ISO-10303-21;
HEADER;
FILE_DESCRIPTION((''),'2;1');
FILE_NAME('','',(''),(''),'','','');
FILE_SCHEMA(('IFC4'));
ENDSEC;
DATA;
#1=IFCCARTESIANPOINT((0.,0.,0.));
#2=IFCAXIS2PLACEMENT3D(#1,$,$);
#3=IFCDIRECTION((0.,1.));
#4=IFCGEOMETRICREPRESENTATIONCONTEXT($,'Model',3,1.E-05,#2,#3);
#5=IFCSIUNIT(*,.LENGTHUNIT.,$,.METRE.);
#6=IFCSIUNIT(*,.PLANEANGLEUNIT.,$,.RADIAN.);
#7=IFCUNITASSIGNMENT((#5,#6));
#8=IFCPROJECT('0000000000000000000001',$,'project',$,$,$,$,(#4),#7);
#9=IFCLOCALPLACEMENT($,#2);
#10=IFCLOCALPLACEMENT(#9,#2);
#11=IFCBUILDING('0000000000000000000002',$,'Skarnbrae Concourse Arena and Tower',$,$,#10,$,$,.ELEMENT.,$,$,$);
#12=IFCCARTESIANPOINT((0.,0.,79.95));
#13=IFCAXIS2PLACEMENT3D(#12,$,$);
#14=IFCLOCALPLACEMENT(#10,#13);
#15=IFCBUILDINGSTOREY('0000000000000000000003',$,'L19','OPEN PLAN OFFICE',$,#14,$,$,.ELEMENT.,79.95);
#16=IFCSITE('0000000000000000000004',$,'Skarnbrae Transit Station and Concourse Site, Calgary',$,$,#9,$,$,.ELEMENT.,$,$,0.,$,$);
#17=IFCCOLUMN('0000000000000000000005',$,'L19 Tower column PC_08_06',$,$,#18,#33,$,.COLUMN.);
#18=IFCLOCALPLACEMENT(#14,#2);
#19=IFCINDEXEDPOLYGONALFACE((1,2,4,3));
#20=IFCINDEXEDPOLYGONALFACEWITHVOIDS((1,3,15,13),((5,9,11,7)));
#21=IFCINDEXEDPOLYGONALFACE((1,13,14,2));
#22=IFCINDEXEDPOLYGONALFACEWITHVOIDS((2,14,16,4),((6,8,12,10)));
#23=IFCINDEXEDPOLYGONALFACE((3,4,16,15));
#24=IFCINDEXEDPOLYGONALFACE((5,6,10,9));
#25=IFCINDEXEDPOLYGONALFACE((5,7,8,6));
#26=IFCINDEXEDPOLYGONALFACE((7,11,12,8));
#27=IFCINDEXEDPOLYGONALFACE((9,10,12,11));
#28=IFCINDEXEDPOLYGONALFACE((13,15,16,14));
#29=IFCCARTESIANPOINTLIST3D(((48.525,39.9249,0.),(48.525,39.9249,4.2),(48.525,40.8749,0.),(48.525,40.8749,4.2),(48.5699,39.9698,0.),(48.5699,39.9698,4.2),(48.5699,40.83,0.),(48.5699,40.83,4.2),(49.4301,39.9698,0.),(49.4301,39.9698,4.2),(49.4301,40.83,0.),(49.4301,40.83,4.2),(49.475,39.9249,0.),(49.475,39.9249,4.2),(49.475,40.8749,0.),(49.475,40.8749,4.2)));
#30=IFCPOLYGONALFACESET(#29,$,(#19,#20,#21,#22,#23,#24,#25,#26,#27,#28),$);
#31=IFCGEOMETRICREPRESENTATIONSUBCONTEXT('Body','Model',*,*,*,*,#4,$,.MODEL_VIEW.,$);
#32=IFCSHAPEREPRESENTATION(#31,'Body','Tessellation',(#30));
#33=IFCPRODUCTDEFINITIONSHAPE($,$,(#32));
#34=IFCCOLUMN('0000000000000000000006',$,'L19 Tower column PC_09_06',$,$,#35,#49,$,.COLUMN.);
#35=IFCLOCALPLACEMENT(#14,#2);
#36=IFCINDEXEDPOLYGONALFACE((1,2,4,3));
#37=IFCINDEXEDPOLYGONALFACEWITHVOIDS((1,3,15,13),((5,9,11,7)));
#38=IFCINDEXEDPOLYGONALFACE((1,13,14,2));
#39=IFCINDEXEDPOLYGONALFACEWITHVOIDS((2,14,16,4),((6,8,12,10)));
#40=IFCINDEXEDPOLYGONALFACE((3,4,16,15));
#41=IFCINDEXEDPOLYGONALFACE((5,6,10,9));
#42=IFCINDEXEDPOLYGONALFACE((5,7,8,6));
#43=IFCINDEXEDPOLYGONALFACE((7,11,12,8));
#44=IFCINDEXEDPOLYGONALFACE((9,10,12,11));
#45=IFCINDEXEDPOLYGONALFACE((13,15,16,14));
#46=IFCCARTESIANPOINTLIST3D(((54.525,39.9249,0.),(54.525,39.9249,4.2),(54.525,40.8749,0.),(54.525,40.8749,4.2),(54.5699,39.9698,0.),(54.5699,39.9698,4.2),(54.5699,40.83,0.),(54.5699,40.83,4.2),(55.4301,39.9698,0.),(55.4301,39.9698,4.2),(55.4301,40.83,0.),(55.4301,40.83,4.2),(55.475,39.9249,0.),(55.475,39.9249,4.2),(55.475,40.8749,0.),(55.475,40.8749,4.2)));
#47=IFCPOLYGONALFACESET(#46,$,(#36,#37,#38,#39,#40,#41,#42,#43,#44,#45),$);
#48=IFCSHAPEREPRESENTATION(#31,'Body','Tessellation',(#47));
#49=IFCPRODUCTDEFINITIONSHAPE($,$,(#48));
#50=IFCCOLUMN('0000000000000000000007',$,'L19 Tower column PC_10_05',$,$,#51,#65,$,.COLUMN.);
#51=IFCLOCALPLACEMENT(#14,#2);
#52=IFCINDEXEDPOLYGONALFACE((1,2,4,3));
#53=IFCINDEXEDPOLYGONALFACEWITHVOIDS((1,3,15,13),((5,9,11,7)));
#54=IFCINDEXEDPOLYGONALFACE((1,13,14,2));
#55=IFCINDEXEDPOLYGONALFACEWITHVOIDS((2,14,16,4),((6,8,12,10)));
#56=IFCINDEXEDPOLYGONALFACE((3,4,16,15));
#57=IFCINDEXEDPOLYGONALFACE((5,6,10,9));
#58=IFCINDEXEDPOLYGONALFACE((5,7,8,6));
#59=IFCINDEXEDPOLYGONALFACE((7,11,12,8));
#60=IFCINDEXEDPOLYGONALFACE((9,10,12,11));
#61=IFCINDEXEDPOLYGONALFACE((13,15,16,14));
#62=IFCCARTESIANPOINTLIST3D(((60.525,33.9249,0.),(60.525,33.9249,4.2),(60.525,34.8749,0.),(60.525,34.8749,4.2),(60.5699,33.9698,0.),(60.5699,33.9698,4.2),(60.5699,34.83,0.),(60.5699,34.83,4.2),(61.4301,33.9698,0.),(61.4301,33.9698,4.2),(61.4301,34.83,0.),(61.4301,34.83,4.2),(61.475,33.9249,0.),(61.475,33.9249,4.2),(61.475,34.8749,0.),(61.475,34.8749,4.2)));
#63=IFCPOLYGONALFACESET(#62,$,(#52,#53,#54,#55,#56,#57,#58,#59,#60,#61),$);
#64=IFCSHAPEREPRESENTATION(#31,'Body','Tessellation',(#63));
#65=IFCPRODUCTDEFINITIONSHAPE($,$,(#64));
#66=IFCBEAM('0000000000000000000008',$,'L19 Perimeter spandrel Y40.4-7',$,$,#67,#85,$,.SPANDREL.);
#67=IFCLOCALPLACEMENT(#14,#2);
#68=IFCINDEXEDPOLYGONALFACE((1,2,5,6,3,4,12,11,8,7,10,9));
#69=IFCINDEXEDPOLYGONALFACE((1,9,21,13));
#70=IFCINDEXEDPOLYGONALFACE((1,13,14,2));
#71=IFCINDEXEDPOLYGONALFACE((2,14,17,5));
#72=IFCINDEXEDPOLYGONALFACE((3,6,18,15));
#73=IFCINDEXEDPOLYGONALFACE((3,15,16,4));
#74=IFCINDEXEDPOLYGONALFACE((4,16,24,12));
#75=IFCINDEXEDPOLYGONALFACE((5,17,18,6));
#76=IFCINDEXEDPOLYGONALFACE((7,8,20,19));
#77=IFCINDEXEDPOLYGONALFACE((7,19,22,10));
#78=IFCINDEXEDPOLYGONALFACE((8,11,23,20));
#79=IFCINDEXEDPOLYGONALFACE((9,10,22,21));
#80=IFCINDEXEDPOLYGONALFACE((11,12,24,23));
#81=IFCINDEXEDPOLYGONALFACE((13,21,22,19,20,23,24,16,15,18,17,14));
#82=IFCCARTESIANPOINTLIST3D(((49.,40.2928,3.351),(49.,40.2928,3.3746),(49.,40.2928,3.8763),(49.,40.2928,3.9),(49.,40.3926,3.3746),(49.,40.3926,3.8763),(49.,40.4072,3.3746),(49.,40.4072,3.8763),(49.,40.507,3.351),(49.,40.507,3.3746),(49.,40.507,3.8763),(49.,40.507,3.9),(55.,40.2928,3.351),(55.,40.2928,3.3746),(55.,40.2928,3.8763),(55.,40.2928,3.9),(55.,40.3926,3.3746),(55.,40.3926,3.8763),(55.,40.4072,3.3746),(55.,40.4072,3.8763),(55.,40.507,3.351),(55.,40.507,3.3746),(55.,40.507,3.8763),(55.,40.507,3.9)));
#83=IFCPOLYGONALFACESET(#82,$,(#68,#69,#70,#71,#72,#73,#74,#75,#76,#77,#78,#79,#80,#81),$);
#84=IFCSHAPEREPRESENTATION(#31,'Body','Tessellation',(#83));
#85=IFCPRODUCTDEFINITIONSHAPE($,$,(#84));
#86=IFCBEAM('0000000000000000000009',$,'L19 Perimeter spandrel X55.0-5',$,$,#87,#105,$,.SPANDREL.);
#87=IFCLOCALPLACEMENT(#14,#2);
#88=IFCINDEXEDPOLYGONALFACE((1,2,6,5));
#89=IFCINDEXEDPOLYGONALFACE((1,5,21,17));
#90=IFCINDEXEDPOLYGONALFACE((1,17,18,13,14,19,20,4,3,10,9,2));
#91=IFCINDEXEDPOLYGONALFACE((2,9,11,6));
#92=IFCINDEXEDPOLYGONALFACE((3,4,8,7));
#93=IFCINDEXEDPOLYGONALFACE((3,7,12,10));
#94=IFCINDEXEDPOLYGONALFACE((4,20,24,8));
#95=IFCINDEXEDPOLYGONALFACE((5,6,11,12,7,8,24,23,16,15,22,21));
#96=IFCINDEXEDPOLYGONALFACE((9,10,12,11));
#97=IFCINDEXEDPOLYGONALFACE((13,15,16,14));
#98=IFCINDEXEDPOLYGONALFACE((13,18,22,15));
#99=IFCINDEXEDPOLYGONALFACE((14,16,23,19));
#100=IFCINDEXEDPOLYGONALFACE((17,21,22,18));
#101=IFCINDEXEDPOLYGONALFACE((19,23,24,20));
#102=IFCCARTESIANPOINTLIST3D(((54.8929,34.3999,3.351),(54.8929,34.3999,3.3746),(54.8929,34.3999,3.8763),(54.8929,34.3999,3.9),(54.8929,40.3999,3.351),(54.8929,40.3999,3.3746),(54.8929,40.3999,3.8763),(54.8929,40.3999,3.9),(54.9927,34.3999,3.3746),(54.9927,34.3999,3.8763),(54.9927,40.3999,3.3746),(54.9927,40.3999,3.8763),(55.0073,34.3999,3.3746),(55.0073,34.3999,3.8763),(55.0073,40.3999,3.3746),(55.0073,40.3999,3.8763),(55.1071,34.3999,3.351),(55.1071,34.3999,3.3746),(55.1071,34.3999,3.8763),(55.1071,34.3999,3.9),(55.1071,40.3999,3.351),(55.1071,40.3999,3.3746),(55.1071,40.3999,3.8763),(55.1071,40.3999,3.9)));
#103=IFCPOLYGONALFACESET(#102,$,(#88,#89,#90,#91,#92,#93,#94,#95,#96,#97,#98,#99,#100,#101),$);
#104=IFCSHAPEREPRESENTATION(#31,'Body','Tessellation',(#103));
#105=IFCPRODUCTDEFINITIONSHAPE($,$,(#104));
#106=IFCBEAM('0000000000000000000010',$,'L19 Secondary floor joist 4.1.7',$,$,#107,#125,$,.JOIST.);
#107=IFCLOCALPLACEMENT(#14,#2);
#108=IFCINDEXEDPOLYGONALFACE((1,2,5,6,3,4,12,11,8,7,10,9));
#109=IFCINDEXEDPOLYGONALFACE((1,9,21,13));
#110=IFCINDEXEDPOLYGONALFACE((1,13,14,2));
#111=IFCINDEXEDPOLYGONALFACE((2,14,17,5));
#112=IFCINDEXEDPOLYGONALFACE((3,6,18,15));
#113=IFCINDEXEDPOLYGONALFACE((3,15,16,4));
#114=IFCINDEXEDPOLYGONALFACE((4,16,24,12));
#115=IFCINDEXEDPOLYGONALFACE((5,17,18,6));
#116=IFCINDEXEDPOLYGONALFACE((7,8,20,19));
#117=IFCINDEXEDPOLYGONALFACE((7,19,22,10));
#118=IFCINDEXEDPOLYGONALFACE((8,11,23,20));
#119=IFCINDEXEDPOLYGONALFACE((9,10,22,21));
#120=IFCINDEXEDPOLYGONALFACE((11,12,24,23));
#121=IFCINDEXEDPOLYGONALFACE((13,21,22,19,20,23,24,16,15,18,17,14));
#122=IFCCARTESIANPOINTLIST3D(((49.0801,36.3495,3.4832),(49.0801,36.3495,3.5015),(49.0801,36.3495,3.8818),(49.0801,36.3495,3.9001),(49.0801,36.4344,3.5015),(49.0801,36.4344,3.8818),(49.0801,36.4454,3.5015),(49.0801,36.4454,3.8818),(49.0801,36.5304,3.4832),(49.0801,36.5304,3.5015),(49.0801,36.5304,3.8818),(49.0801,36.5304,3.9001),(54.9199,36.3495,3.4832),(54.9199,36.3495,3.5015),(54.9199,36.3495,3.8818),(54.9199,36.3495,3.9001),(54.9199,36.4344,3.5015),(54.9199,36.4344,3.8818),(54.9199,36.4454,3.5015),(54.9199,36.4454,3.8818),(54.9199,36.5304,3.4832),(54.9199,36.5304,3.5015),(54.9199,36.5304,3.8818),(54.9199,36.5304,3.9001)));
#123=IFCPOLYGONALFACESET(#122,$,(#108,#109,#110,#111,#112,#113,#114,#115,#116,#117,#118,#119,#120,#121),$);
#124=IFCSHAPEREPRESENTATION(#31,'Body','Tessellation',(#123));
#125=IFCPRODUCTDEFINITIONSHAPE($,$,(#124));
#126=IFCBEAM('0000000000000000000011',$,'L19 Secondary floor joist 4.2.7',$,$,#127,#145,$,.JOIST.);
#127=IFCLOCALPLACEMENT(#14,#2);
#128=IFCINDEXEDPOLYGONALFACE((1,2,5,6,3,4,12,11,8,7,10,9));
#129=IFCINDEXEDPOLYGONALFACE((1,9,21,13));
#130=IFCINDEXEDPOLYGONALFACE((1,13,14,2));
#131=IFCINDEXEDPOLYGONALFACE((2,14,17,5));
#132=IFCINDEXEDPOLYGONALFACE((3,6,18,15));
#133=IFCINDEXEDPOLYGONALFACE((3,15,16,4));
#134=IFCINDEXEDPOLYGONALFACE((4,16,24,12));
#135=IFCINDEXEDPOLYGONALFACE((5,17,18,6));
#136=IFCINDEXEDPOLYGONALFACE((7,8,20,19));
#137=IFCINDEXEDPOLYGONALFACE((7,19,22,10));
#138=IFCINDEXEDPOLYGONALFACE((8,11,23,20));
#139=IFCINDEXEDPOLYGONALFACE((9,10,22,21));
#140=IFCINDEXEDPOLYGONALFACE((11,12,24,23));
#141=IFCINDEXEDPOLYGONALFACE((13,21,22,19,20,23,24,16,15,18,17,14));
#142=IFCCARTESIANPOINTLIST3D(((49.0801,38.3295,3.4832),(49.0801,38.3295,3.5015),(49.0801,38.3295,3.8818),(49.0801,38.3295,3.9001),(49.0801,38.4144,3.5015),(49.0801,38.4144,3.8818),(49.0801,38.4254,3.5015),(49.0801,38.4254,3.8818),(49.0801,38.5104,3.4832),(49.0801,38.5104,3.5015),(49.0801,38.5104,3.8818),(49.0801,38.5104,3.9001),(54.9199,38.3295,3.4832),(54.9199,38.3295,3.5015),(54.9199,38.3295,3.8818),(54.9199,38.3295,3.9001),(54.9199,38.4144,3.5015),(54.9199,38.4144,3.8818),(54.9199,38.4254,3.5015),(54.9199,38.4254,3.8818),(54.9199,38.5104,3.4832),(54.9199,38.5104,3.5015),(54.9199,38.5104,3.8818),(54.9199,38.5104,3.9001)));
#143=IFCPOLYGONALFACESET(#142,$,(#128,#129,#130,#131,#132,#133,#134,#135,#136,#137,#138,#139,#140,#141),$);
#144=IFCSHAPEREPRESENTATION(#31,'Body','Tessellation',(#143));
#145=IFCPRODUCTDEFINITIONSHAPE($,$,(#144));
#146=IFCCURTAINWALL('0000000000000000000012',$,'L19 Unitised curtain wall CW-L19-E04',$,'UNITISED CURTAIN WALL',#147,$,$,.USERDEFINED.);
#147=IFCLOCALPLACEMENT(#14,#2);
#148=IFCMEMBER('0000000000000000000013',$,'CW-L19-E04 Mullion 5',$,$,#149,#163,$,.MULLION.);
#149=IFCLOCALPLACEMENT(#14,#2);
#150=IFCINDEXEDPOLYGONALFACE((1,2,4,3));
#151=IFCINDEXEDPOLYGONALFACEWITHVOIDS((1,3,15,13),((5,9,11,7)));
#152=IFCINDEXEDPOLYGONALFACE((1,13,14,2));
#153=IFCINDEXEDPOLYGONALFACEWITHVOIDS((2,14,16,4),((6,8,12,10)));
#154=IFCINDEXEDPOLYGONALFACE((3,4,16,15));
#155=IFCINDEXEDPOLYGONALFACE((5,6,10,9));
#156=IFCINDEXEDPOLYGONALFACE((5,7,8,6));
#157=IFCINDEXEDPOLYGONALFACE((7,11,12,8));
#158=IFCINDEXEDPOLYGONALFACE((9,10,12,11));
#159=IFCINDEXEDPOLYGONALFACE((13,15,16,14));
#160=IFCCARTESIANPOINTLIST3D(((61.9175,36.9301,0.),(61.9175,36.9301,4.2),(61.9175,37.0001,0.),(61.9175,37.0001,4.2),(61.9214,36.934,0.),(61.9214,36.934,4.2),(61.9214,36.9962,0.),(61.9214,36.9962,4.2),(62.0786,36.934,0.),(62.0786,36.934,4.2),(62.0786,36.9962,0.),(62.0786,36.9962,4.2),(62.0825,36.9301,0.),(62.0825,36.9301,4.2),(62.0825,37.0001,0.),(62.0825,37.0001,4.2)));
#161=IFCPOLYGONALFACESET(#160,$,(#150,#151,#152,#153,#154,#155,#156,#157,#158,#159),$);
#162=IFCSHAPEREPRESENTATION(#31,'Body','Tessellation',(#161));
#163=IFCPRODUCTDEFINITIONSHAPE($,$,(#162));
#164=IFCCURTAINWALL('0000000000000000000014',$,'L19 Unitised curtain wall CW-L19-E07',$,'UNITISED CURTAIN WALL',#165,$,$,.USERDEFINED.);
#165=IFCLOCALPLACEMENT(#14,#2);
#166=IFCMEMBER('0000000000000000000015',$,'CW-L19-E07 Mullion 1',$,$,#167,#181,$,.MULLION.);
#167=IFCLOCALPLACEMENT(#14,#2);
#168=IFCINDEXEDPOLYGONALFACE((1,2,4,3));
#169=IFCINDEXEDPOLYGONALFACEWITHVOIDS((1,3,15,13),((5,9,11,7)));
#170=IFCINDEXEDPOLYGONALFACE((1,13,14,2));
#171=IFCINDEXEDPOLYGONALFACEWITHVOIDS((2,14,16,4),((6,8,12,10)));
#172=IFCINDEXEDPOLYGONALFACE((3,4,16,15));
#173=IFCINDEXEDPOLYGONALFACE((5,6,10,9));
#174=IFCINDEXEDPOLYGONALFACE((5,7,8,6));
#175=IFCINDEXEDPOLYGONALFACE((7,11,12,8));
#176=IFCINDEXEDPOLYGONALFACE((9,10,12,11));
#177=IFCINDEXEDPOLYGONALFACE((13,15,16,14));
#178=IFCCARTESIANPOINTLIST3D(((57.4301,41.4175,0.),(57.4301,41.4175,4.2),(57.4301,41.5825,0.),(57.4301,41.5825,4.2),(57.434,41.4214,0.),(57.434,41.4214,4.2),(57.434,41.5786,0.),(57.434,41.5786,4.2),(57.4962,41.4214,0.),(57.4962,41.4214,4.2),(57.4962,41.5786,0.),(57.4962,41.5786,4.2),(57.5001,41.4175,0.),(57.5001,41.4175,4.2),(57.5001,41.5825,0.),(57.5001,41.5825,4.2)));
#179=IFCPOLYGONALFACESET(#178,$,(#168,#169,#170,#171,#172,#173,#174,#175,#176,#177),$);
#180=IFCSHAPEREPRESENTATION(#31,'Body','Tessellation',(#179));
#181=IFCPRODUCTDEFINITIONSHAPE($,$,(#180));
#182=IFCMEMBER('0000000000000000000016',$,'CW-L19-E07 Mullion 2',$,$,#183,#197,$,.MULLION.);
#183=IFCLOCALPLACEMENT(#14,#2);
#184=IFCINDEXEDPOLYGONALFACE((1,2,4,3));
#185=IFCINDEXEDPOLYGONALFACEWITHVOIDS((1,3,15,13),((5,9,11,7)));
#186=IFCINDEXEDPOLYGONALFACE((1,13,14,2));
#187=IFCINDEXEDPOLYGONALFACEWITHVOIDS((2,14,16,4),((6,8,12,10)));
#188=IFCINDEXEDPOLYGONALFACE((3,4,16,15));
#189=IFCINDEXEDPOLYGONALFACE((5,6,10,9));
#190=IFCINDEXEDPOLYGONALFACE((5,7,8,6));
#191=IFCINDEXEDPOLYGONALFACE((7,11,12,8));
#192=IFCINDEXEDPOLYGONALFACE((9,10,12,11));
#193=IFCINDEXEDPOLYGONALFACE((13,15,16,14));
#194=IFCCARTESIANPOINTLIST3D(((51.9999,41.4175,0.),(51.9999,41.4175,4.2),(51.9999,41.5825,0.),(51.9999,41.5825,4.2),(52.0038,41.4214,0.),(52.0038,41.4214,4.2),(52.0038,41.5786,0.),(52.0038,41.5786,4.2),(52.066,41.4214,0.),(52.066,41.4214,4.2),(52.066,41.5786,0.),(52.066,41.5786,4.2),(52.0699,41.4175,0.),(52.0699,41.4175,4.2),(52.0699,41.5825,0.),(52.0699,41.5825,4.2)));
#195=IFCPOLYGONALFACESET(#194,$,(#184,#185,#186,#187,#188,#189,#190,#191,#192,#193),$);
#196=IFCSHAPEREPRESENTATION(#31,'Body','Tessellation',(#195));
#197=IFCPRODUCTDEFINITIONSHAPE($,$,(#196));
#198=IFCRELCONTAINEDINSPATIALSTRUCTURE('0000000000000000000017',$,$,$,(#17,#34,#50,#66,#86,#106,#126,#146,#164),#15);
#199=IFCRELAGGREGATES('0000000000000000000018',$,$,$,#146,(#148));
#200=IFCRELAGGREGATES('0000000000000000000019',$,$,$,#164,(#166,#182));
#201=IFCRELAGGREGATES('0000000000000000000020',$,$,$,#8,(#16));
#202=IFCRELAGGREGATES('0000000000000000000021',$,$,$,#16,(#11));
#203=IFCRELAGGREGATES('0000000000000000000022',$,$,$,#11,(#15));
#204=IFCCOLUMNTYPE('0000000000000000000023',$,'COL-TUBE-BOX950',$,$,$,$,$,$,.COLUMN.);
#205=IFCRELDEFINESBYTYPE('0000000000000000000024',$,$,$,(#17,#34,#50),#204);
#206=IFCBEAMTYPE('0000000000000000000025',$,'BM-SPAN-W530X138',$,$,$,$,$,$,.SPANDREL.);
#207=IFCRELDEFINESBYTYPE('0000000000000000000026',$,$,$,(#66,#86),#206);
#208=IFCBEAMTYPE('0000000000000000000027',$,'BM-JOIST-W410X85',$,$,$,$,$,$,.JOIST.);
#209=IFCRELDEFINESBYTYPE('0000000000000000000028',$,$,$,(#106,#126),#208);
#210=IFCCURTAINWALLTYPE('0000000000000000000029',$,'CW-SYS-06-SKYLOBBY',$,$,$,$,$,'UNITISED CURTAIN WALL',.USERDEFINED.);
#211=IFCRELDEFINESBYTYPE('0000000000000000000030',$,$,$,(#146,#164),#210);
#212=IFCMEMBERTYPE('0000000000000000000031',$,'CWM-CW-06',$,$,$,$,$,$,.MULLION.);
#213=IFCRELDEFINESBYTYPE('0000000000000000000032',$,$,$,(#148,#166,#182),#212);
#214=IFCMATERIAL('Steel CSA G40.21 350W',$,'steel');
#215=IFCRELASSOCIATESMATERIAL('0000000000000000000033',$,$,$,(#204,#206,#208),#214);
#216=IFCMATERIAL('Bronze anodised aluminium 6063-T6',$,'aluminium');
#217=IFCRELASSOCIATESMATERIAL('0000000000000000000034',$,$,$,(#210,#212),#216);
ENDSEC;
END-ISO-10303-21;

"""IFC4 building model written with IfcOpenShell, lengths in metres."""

from ifc_helpers import new_model, si_unit, direction, frame, origin, origin_2d, place, context, subcontext, project, spatial, hollow_rectangle, i_section, extrude, source, transform, mapped, material, material_profile, profile_set, type_object, element, aggregate, save


model = new_model("IFC4")

# Units and contexts
model_context = context("Model", 3, precision=1e-05, world=origin(), true_north=direction((0.0, 1.0)))
body_context = subcontext(model_context, "Body", "Model", "MODEL_VIEW")
ifc_project = project(units=[si_unit("LENGTHUNIT", "METRE"), si_unit("PLANEANGLEUNIT", "RADIAN")], contexts=[model_context])

# Site, building, storey
site_placement = place(None, origin())
site = spatial("IfcSite", under=ifc_project, at=site_placement, Name="Skarnbrae Transit Station and Concourse Site, Calgary", CompositionType="ELEMENT", RefElevation=0.0)
building_placement = place(site_placement, origin())
building = spatial("IfcBuilding", under=site, at=building_placement, Name="Skarnbrae Concourse Arena and Tower", CompositionType="ELEMENT")
storey_placement = place(building_placement, frame((0.0, 0.0, 79.95)))
storey = spatial("IfcBuildingStorey", under=building, at=storey_placement, Name="L19", Description="OPEN PLAN OFFICE", CompositionType="ELEMENT", Elevation=79.95)

# Columns
ifc_material_1 = material(Name="Steel CSA G40.21 350W", Category="steel")
ifc_material_profile_1 = material_profile(ifc_material_1, hollow_rectangle(XDim=0.95, YDim=0.95, WallThickness=0.0449, at=origin_2d()), Name="BOX950X950X45")
ifc_profile_set_1 = profile_set([ifc_material_profile_1], Name="Steel CSA G40.21 350W")
column_type = type_object("IfcColumnType", Name="COL-TUBE-BOX950", PredefinedType="COLUMN", material=ifc_profile_set_1)
shared_shape_1 = source(origin(), body_context, "Body", "SweptSolid", [
    extrude(hollow_rectangle(XDim=0.95, YDim=0.95, WallThickness=0.0449, at=origin_2d()), origin(), (0.0, 0.0, 1.0), 4.2),
])
for number, where, z_axis, x_axis, name in (
    (1, (49.0, 40.3999, 0.0), (0.0, 0.0, 1.0), (1.0, 0.0, 0.0), "L19 Tower column PC_08_06"),
    (2, (55.0, 40.3999, 0.0), (0.0, 0.0, 1.0), (1.0, 0.0, 0.0), "L19 Tower column PC_09_06"),
    (3, (61.0, 34.3999, 0.0), (0.0, 0.0, 1.0), (1.0, 0.0, 0.0), "L19 Tower column PC_10_05"),
):
    element("IfcColumn", number, at=place(storey_placement, frame(where, z_axis=z_axis, x_axis=x_axis)), inside=storey, type_object=column_type, Name=name, PredefinedType="COLUMN", context=body_context, shape_type="MappedRepresentation", body=[
        mapped(shared_shape_1, transform((0.0, 0.0, 0.0))),
    ])

# Beams
ifc_material_profile_2 = material_profile(ifc_material_1, i_section(OverallWidth=0.2141, OverallDepth=0.5491, WebThickness=0.0146, FlangeThickness=0.0237, at=origin_2d()), Name="W530X138")
ifc_profile_set_2 = profile_set([ifc_material_profile_2], Name="Steel CSA G40.21 350W")
beam_type_1 = type_object("IfcBeamType", Name="BM-SPAN-W530X138", PredefinedType="SPANDREL", material=ifc_profile_set_2)
shared_shape_2 = source(origin(), body_context, "Body", "SweptSolid", [
    extrude(i_section(OverallWidth=0.2141, OverallDepth=0.5491, WebThickness=0.0146, FlangeThickness=0.0237, at=origin_2d()), origin(), (0.0, 0.0, 1.0), 6.0),
])
for number, where, z_axis, x_axis, name in (
    (4, (49.0, 40.3999, 3.6255), (1.0, 0.0, 0.0), (0.0, 1.0, 0.0), "L19 Perimeter spandrel Y40.4-7"),
    (5, (55.0, 34.3999, 3.6255), (0.0, 1.0, 0.0), (-1.0, 0.0, 0.0), "L19 Perimeter spandrel X55.0-5"),
):
    element("IfcBeam", number, at=place(storey_placement, frame(where, z_axis=z_axis, x_axis=x_axis)), inside=storey, type_object=beam_type_1, Name=name, PredefinedType="SPANDREL", context=body_context, shape_type="MappedRepresentation", body=[
        mapped(shared_shape_2, transform((0.0, 0.0, 0.0))),
    ])
ifc_material_profile_3 = material_profile(ifc_material_1, i_section(OverallWidth=0.1809, OverallDepth=0.417, WebThickness=0.011, FlangeThickness=0.0183, at=origin_2d()), Name="W410X85")
ifc_profile_set_3 = profile_set([ifc_material_profile_3], Name="Steel CSA G40.21 350W")
beam_type_2 = type_object("IfcBeamType", Name="BM-JOIST-W410X85", PredefinedType="JOIST", material=ifc_profile_set_3)
shared_shape_3 = source(origin(), body_context, "Body", "SweptSolid", [
    extrude(i_section(OverallWidth=0.1809, OverallDepth=0.417, WebThickness=0.011, FlangeThickness=0.0183, at=origin_2d()), origin(), (0.0, 0.0, 1.0), 5.8398),
])
for number, where, z_axis, x_axis, name in (
    (6, (49.0801, 36.4399, 3.6917), (1.0, 0.0, 0.0), (0.0, 1.0, 0.0), "L19 Secondary floor joist 4.1.7"),
    (7, (49.0801, 38.4199, 3.6917), (1.0, 0.0, 0.0), (0.0, 1.0, 0.0), "L19 Secondary floor joist 4.2.7"),
):
    element("IfcBeam", number, at=place(storey_placement, frame(where, z_axis=z_axis, x_axis=x_axis)), inside=storey, type_object=beam_type_2, Name=name, PredefinedType="JOIST", context=body_context, shape_type="MappedRepresentation", body=[
        mapped(shared_shape_3, transform((0.0, 0.0, 0.0))),
    ])

# Curtain wall, member
ifc_material_2 = material(Name="Bronze anodised aluminium 6063-T6", Category="aluminium")
curtain_wall_type = type_object("IfcCurtainWallType", Name="CW-SYS-06-SKYLOBBY", ElementType="UNITISED CURTAIN WALL", PredefinedType="USERDEFINED", material=ifc_material_2)
curtain_wall_1_placement = place(storey_placement, origin())
curtain_wall_1 = element("IfcCurtainWall", 8, at=curtain_wall_1_placement, inside=storey, type_object=curtain_wall_type, Name="L19 Unitised curtain wall CW-L19-E04", ObjectType="UNITISED CURTAIN WALL", PredefinedType="USERDEFINED")
ifc_material_profile_4 = material_profile(ifc_material_2, hollow_rectangle(XDim=0.0701, YDim=0.165, WallThickness=0.0039, at=origin_2d()), Name="ALU-MULL-70X165")
ifc_profile_set_4 = profile_set([ifc_material_profile_4], Name="Bronze anodised aluminium 6063-T6")
member_type_1 = type_object("IfcMemberType", Name="CWM-CW-06", PredefinedType="MULLION", material=ifc_profile_set_4)
shared_shape_4 = source(origin(), body_context, "Body", "SweptSolid", [
    extrude(hollow_rectangle(XDim=0.0701, YDim=0.165, WallThickness=0.0039, at=origin_2d()), origin(), (0.0, 0.0, 1.0), 4.2),
])
member_1_placement = place(storey_placement, frame((62.0, 36.9651, 0.0), z_axis=(0.0, 0.0, 1.0), x_axis=(0.0, 1.0, 0.0)))
member_1 = element("IfcMember", 9, at=member_1_placement, type_object=member_type_1, Name="CW-L19-E04 Mullion 5", PredefinedType="MULLION", context=body_context, shape_type="MappedRepresentation", body=[
    mapped(shared_shape_4, transform((0.0, 0.0, 0.0))),
])
aggregate(curtain_wall_1, [member_1])

# Curtain wall, members
curtain_wall_2_placement = place(storey_placement, origin())
curtain_wall_2 = element("IfcCurtainWall", 10, at=curtain_wall_2_placement, inside=storey, type_object=curtain_wall_type, Name="L19 Unitised curtain wall CW-L19-E07", ObjectType="UNITISED CURTAIN WALL", PredefinedType="USERDEFINED")
member_2_placement = place(storey_placement, frame((57.4651, 41.5, 0.0), z_axis=(0.0, 0.0, 1.0), x_axis=(-1.0, 0.0, 0.0)))
member_2 = element("IfcMember", 11, at=member_2_placement, type_object=member_type_1, Name="CW-L19-E07 Mullion 1", PredefinedType="MULLION", context=body_context, shape_type="MappedRepresentation", body=[
    mapped(shared_shape_4, transform((0.0, 0.0, 0.0))),
])
member_3_placement = place(storey_placement, frame((52.0349, 41.5, 0.0), z_axis=(0.0, 0.0, 1.0), x_axis=(-1.0, 0.0, 0.0)))
member_3 = element("IfcMember", 12, at=member_3_placement, type_object=member_type_1, Name="CW-L19-E07 Mullion 2", PredefinedType="MULLION", context=body_context, shape_type="MappedRepresentation", body=[
    mapped(shared_shape_4, transform((0.0, 0.0, 0.0))),
])

aggregate(curtain_wall_2, [member_2, member_3])

save(model, "model.ifc")
